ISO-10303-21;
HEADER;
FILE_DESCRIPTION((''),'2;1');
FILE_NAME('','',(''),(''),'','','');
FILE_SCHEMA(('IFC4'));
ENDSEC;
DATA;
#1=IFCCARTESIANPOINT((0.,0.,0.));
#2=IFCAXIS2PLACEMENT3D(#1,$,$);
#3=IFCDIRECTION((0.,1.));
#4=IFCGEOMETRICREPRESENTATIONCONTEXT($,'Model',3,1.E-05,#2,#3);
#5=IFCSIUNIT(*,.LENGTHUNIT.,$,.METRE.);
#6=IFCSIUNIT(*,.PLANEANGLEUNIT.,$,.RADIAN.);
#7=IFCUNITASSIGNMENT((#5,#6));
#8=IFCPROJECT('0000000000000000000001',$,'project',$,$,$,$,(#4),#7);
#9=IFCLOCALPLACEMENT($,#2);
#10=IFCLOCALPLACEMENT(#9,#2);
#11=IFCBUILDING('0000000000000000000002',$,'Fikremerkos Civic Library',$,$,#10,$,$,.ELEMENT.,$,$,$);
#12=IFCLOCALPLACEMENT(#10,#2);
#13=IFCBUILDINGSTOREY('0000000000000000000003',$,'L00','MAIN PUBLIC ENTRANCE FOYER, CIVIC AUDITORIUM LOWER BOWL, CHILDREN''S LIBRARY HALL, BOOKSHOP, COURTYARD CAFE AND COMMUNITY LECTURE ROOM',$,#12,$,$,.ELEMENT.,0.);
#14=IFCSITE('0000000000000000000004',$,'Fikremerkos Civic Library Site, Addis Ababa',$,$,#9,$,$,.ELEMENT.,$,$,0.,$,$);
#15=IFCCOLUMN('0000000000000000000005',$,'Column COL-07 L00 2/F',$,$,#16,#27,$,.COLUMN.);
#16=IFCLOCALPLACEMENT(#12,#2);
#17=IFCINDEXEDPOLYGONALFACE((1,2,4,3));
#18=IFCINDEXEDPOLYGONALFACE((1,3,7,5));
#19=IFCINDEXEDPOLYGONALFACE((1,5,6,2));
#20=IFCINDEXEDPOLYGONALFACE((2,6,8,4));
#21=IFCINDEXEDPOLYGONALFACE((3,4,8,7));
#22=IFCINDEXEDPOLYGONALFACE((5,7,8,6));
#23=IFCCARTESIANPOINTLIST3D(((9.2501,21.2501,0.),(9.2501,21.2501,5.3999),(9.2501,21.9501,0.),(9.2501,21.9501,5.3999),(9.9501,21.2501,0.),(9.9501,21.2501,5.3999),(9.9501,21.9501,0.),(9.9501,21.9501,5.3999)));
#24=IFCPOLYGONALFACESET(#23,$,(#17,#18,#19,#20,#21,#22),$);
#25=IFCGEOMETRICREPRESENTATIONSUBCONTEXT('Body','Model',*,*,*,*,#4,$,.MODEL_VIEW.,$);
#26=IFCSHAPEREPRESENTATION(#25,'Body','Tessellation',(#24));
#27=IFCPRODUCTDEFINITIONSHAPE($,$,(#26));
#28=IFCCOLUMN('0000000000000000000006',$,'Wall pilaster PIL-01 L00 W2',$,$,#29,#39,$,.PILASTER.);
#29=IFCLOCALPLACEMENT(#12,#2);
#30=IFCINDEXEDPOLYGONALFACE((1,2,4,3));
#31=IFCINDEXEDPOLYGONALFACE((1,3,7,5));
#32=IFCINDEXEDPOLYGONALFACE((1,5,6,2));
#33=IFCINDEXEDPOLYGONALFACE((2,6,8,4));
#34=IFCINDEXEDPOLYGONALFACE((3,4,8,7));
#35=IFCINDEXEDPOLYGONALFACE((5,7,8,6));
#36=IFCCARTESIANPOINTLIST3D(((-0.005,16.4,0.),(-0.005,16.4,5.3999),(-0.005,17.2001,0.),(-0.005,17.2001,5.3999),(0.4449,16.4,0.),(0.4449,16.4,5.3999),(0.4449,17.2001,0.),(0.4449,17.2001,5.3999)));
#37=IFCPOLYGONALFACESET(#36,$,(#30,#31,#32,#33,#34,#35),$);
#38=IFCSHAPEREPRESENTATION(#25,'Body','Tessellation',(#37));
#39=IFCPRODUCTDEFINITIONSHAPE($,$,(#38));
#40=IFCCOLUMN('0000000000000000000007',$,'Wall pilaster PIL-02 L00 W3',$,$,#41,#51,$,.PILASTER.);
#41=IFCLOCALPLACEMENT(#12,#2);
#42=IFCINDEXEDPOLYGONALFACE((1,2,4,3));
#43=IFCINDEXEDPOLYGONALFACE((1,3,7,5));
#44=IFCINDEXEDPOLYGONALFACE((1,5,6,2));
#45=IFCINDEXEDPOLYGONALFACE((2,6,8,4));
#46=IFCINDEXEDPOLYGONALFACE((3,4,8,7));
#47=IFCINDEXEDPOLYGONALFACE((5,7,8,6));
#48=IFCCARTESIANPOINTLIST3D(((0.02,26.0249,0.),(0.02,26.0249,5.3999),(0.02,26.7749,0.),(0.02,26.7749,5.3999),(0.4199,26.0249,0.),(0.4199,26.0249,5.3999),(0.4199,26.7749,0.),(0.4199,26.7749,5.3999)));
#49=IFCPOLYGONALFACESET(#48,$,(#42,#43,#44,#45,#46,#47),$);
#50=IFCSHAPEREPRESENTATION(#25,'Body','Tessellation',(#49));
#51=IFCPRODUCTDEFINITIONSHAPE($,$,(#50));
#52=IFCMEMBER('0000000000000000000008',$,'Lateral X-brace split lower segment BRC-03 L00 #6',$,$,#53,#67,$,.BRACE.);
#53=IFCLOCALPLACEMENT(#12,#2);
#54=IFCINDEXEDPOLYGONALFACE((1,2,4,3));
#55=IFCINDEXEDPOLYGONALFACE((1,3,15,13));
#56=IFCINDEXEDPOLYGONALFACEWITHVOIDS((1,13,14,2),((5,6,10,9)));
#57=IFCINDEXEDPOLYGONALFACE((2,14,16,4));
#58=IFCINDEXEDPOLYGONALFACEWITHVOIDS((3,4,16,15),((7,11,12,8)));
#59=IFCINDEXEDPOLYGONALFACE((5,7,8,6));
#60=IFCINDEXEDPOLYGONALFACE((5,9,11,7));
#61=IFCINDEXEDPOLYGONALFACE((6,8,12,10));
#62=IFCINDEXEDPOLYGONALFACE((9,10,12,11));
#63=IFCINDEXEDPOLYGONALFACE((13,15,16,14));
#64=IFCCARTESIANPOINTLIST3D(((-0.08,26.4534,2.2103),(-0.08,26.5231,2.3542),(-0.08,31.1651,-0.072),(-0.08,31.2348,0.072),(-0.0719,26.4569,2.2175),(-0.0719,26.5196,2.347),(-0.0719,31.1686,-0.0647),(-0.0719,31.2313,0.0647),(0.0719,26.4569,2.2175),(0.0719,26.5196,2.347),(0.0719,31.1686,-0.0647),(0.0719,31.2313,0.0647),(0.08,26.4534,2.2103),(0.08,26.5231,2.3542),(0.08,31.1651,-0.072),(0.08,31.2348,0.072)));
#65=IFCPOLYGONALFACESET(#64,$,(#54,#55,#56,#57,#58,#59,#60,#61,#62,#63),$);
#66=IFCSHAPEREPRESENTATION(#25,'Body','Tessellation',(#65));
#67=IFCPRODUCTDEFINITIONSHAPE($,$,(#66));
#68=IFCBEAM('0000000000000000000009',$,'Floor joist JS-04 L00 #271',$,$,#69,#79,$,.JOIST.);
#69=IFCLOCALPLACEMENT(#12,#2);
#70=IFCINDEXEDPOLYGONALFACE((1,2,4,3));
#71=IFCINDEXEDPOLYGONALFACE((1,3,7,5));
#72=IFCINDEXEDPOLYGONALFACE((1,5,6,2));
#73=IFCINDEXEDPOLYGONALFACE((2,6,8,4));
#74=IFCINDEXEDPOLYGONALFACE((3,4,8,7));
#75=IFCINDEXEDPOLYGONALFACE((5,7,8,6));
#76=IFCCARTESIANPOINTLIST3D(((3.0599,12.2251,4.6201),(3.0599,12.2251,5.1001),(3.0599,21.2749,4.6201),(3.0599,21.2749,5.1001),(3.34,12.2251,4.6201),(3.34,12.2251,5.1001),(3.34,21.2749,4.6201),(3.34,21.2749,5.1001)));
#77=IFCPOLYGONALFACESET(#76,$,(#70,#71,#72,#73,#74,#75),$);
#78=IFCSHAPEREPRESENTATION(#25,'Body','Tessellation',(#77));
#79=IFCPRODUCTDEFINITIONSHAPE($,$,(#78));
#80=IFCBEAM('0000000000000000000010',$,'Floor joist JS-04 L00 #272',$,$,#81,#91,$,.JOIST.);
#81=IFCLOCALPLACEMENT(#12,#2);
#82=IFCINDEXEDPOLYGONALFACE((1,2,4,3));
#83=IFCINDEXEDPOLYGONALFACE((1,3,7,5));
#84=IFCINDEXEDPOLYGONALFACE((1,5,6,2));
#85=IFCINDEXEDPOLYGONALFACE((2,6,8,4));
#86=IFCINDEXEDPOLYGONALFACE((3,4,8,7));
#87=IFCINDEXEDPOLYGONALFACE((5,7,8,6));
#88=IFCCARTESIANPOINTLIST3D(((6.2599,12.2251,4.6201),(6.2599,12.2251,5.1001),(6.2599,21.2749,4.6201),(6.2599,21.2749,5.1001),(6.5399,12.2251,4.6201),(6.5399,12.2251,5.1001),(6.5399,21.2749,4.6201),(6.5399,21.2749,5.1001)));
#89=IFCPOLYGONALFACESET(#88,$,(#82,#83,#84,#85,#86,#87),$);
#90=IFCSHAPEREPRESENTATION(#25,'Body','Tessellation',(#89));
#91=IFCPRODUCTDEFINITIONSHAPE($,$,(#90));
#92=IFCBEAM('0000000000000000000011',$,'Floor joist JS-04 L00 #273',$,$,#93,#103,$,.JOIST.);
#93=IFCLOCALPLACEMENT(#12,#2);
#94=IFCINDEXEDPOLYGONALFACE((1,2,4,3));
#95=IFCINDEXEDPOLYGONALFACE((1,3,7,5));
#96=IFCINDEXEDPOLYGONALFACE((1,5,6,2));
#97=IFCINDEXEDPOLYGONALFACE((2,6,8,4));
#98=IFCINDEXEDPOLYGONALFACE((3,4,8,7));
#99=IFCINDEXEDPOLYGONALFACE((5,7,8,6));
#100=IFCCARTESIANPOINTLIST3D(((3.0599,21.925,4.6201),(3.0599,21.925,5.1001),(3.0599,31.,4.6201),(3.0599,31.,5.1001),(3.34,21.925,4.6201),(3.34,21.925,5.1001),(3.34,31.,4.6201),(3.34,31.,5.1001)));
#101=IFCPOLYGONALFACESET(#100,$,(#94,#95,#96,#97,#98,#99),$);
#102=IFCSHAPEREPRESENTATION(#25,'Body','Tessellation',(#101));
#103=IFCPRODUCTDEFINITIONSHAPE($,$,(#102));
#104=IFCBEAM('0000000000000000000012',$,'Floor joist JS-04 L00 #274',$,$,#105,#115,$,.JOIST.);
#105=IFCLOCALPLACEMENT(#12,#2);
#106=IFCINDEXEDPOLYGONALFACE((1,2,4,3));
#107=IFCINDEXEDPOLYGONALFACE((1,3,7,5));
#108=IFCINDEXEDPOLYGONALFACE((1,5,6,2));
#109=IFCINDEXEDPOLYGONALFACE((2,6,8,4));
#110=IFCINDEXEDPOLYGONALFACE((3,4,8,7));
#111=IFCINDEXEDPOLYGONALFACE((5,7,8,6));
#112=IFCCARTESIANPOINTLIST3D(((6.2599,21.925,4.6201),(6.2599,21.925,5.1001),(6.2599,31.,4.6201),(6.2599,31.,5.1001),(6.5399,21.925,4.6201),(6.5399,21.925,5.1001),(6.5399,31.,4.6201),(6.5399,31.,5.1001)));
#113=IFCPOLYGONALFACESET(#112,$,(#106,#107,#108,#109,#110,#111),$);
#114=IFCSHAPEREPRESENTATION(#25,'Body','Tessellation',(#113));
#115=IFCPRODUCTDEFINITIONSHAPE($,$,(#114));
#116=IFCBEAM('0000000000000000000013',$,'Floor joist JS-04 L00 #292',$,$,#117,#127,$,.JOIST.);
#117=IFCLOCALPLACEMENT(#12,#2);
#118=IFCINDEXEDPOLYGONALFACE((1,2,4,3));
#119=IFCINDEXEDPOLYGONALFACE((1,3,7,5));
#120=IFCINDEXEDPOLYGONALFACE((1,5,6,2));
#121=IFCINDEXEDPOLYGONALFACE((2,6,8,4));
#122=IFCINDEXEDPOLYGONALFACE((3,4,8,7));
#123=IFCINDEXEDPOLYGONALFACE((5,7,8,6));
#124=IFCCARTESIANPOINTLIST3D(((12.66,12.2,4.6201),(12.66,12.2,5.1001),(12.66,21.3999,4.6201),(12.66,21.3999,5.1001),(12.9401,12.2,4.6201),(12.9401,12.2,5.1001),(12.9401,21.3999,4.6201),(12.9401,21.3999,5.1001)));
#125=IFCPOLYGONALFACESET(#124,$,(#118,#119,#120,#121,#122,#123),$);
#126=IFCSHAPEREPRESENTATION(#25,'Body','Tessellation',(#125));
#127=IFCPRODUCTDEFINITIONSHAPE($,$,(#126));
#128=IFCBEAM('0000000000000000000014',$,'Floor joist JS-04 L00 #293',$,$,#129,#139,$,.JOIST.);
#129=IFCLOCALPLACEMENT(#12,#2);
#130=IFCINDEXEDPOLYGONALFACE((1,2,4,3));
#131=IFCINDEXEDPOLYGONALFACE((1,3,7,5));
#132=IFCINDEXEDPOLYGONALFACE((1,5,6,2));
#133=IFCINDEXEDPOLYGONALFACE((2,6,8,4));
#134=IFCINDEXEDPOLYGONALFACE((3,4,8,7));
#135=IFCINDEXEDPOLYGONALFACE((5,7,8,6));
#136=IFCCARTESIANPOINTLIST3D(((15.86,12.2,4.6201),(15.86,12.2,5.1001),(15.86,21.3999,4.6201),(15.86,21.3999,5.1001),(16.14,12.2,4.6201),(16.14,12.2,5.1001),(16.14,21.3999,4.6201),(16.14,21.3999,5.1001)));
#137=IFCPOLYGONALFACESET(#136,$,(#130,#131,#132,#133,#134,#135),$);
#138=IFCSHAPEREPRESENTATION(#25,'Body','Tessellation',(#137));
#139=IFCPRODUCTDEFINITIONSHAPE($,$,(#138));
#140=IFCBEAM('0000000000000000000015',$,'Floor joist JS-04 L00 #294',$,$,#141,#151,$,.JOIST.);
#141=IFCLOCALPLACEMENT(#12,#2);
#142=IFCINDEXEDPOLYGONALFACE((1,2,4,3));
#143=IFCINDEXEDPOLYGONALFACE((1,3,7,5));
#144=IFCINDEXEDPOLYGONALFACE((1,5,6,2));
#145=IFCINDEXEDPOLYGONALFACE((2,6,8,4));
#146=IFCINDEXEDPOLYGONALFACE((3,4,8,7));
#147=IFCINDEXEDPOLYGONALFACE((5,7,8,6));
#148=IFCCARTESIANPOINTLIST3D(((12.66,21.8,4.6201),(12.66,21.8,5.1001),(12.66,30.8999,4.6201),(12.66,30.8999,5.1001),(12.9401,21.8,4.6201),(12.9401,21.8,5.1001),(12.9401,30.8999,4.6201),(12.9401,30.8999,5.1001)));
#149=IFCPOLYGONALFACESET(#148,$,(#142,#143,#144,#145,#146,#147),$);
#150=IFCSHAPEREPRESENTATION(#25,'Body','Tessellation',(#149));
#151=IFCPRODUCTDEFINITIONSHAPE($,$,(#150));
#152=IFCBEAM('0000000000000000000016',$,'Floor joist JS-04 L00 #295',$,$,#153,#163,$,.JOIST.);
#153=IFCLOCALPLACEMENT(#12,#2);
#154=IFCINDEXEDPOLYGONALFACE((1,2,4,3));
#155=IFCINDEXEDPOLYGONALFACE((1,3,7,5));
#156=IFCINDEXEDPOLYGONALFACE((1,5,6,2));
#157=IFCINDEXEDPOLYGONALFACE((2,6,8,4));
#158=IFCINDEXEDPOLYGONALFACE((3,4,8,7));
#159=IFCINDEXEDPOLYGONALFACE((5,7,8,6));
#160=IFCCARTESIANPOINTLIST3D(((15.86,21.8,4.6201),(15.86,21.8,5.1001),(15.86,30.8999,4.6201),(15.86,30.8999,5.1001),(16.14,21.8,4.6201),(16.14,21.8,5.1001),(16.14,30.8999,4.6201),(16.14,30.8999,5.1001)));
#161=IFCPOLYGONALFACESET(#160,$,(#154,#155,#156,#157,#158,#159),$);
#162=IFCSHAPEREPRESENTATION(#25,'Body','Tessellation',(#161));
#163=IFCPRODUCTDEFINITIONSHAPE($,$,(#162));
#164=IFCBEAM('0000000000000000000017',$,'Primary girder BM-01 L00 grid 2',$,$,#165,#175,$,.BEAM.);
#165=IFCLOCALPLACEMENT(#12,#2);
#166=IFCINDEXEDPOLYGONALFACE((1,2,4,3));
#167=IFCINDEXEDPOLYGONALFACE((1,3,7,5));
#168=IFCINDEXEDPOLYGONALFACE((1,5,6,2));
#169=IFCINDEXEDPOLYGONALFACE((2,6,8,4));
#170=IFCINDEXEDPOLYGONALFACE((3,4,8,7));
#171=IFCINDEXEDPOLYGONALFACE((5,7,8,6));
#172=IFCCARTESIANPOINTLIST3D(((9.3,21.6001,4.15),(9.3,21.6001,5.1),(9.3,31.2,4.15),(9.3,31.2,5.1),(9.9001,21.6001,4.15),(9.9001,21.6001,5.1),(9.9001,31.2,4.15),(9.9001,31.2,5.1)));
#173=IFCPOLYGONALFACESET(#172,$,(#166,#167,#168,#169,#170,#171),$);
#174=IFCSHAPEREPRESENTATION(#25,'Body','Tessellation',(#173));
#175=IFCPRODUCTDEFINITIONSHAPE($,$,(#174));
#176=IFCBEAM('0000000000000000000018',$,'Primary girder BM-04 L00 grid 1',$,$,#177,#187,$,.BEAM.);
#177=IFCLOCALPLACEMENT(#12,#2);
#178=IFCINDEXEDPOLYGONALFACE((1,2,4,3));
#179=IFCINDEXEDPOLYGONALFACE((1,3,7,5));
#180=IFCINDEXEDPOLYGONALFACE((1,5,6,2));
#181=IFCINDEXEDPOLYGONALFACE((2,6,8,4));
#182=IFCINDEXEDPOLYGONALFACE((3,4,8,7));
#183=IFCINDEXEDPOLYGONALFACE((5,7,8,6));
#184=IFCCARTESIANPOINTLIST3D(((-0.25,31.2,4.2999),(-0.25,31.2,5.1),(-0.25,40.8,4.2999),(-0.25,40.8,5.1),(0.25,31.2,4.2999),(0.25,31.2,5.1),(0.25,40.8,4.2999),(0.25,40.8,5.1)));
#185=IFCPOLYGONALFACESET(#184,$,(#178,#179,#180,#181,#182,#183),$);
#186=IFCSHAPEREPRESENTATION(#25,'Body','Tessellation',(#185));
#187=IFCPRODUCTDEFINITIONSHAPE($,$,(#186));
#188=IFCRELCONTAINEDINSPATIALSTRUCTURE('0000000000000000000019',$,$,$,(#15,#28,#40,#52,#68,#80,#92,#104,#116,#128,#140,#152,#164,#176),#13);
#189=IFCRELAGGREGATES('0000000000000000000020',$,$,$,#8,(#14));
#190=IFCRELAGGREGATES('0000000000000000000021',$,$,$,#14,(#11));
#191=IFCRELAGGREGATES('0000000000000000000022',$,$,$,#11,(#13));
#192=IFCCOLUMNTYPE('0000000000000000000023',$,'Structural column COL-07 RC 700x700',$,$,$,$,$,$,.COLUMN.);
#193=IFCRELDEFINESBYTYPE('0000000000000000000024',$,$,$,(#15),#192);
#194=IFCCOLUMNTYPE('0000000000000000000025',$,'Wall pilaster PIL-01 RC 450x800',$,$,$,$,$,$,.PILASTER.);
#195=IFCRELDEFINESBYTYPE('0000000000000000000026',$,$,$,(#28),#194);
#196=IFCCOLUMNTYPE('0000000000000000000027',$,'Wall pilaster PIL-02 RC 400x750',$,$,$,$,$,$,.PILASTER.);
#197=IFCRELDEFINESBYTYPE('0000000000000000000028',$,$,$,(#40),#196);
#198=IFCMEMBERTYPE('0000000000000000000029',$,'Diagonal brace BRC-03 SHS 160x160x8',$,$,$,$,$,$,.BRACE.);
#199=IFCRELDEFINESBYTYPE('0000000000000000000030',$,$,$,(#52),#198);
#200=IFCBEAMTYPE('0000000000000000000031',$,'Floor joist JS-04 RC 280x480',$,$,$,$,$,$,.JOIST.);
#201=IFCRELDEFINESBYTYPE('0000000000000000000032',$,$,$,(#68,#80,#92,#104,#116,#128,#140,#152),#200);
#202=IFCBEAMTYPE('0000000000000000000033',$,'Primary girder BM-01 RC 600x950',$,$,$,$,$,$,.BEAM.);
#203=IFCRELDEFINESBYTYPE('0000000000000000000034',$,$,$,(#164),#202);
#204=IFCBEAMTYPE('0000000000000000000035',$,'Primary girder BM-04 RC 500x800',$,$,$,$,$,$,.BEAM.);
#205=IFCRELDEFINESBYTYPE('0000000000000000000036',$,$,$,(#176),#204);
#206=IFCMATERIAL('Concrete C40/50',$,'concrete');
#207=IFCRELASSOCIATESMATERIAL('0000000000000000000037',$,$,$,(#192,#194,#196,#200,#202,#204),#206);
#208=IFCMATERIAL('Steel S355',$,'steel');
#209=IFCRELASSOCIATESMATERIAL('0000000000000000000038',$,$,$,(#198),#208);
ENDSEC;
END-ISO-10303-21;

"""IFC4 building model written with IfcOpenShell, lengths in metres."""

from ifc_helpers import new_model, si_unit, direction, frame, origin, origin_2d, place, context, subcontext, project, spatial, rectangle, hollow_rectangle, extrude, material, material_profile, profile_set, type_object, element, save


model = new_model("IFC4")

# Units and contexts
model_context = context("Model", 3, precision=1e-05, world=origin(), true_north=direction((0.0, 1.0)))
body_context = subcontext(model_context, "Body", "Model", "MODEL_VIEW")
ifc_project = project(units=[si_unit("LENGTHUNIT", "METRE"), si_unit("PLANEANGLEUNIT", "RADIAN")], contexts=[model_context])

# Site, building, storey
site_placement = place(None, origin())
site = spatial("IfcSite", under=ifc_project, at=site_placement, Name="Fikremerkos Civic Library Site, Addis Ababa", CompositionType="ELEMENT", RefElevation=0.0)
building_placement = place(site_placement, origin())
building = spatial("IfcBuilding", under=site, at=building_placement, Name="Fikremerkos Civic Library", CompositionType="ELEMENT")
storey_placement = place(building_placement, origin())
storey = spatial("IfcBuildingStorey", under=building, at=storey_placement, Name="L00", Description="MAIN PUBLIC ENTRANCE FOYER, CIVIC AUDITORIUM LOWER BOWL, CHILDREN'S LIBRARY HALL, BOOKSHOP, COURTYARD CAFE AND COMMUNITY LECTURE ROOM", CompositionType="ELEMENT", Elevation=0.0)

# Columns
ifc_material_1 = material(Name="Concrete C40/50", Category="concrete")
ifc_material_profile_1 = material_profile(ifc_material_1, rectangle(XDim=0.7, YDim=0.7, at=origin_2d()), Name="RC 700x700")
ifc_profile_set_1 = profile_set([ifc_material_profile_1], Name="Concrete C40/50")
column_type_1 = type_object("IfcColumnType", Name="Structural column COL-07 RC 700x700", PredefinedType="COLUMN", material=ifc_profile_set_1)
column_1_placement = place(storey_placement, frame((9.6001, 21.6001, 0.0), z_axis=(0.0, 0.0, 1.0), x_axis=(1.0, 0.0, 0.0)))
element("IfcColumn", 1, at=column_1_placement, inside=storey, type_object=column_type_1, Name="Column COL-07 L00 2/F", PredefinedType="COLUMN", context=body_context, shape_type="SweptSolid", body=[
    extrude(rectangle(XDim=0.7, YDim=0.7, at=origin_2d()), origin(), (0.0, 0.0, 1.0), 5.3999),
])
ifc_material_profile_2 = material_profile(ifc_material_1, rectangle(XDim=0.45, YDim=0.8, at=origin_2d()), Name="RC 450x800")
ifc_profile_set_2 = profile_set([ifc_material_profile_2], Name="Concrete C40/50")
column_type_2 = type_object("IfcColumnType", Name="Wall pilaster PIL-01 RC 450x800", PredefinedType="PILASTER", material=ifc_profile_set_2)
column_2_placement = place(storey_placement, frame((0.22, 16.8, 0.0), z_axis=(0.0, 0.0, 1.0), x_axis=(1.0, 0.0, 0.0)))
element("IfcColumn", 2, at=column_2_placement, inside=storey, type_object=column_type_2, Name="Wall pilaster PIL-01 L00 W2", PredefinedType="PILASTER", context=body_context, shape_type="SweptSolid", body=[
    extrude(rectangle(XDim=0.45, YDim=0.8, at=origin_2d()), origin(), (0.0, 0.0, 1.0), 5.3999),
])
ifc_material_profile_3 = material_profile(ifc_material_1, rectangle(XDim=0.3999, YDim=0.75, at=origin_2d()), Name="RC 400x750")
ifc_profile_set_3 = profile_set([ifc_material_profile_3], Name="Concrete C40/50")
column_type_3 = type_object("IfcColumnType", Name="Wall pilaster PIL-02 RC 400x750", PredefinedType="PILASTER", material=ifc_profile_set_3)
column_3_placement = place(storey_placement, frame((0.22, 26.3999, 0.0), z_axis=(0.0, 0.0, 1.0), x_axis=(1.0, 0.0, 0.0)))
element("IfcColumn", 3, at=column_3_placement, inside=storey, type_object=column_type_3, Name="Wall pilaster PIL-02 L00 W3", PredefinedType="PILASTER", context=body_context, shape_type="SweptSolid", body=[
    extrude(rectangle(XDim=0.3999, YDim=0.75, at=origin_2d()), origin(), (0.0, 0.0, 1.0), 5.3999),
])

# Member
ifc_material_2 = material(Name="Steel S355", Category="steel")
ifc_material_profile_4 = material_profile(ifc_material_2, hollow_rectangle(XDim=0.1599, YDim=0.1599, WallThickness=0.0081, at=origin_2d()), Name="SHS 160x160x8")
ifc_profile_set_4 = profile_set([ifc_material_profile_4], Name="Steel S355")
member_type = type_object("IfcMemberType", Name="Diagonal brace BRC-03 SHS 160x160x8", PredefinedType="BRACE", material=ifc_profile_set_4)
member_placement = place(storey_placement, frame((0.0, 31.2, 0.0), z_axis=(0.0, -0.89998, 0.43593), x_axis=(1.0, 0.0, 0.0)))
element("IfcMember", 4, at=member_placement, inside=storey, type_object=member_type, Name="Lateral X-brace split lower segment BRC-03 L00 #6", PredefinedType="BRACE", context=body_context, shape_type="SweptSolid", body=[
    extrude(hollow_rectangle(XDim=0.1599, YDim=0.1599, WallThickness=0.0081, at=origin_2d()), origin(), (0.0, 0.0, 1.0), 5.2354),
])

# Beams
ifc_material_profile_5 = material_profile(ifc_material_1, rectangle(XDim=0.28, YDim=0.48, at=origin_2d()), Name="RC 280x480")
ifc_profile_set_5 = profile_set([ifc_material_profile_5], Name="Concrete C40/50")
beam_type_1 = type_object("IfcBeamType", Name="Floor joist JS-04 RC 280x480", PredefinedType="JOIST", material=ifc_profile_set_5)
for number, where, z_axis, x_axis, name in (
    (5, (3.2, 12.2251, 4.8601), (0.0, 1.0, 0.0), (-1.0, 0.0, 0.0), "Floor joist JS-04 L00 #271"),
    (6, (6.3999, 12.2251, 4.8601), (0.0, 1.0, 0.0), (-1.0, 0.0, 0.0), "Floor joist JS-04 L00 #272"),
):
    element("IfcBeam", number, at=place(storey_placement, frame(where, z_axis=z_axis, x_axis=x_axis)), inside=storey, type_object=beam_type_1, Name=name, PredefinedType="JOIST", context=body_context, shape_type="SweptSolid", body=[
        extrude(rectangle(XDim=0.28, YDim=0.48, at=origin_2d()), origin(), (0.0, 0.0, 1.0), 9.0498),
    ])
for number, where, z_axis, x_axis, name in (
    (7, (3.2, 21.925, 4.8601), (0.0, 1.0, 0.0), (-1.0, 0.0, 0.0), "Floor joist JS-04 L00 #273"),
    (8, (6.3999, 21.925, 4.8601), (0.0, 1.0, 0.0), (-1.0, 0.0, 0.0), "Floor joist JS-04 L00 #274"),
):
    element("IfcBeam", number, at=place(storey_placement, frame(where, z_axis=z_axis, x_axis=x_axis)), inside=storey, type_object=beam_type_1, Name=name, PredefinedType="JOIST", context=body_context, shape_type="SweptSolid", body=[
        extrude(rectangle(XDim=0.28, YDim=0.48, at=origin_2d()), origin(), (0.0, 0.0, 1.0), 9.075),
    ])
for number, where, z_axis, x_axis, name in (
    (9, (12.8, 12.2, 4.8601), (0.0, 1.0, 0.0), (-1.0, 0.0, 0.0), "Floor joist JS-04 L00 #292"),
    (10, (16.0, 12.2, 4.8601), (0.0, 1.0, 0.0), (-1.0, 0.0, 0.0), "Floor joist JS-04 L00 #293"),
):
    element("IfcBeam", number, at=place(storey_placement, frame(where, z_axis=z_axis, x_axis=x_axis)), inside=storey, type_object=beam_type_1, Name=name, PredefinedType="JOIST", context=body_context, shape_type="SweptSolid", body=[
        extrude(rectangle(XDim=0.28, YDim=0.48, at=origin_2d()), origin(), (0.0, 0.0, 1.0), 9.2),
    ])
for number, where, z_axis, x_axis, name in (
    (11, (12.8, 21.8, 4.8601), (0.0, 1.0, 0.0), (-1.0, 0.0, 0.0), "Floor joist JS-04 L00 #294"),
    (12, (16.0, 21.8, 4.8601), (0.0, 1.0, 0.0), (-1.0, 0.0, 0.0), "Floor joist JS-04 L00 #295"),
):
    element("IfcBeam", number, at=place(storey_placement, frame(where, z_axis=z_axis, x_axis=x_axis)), inside=storey, type_object=beam_type_1, Name=name, PredefinedType="JOIST", context=body_context, shape_type="SweptSolid", body=[
        extrude(rectangle(XDim=0.28, YDim=0.48, at=origin_2d()), origin(), (0.0, 0.0, 1.0), 9.0999),
    ])
ifc_material_profile_6 = material_profile(ifc_material_1, rectangle(XDim=0.6001, YDim=0.95, at=origin_2d()), Name="RC 600x950")
ifc_profile_set_6 = profile_set([ifc_material_profile_6], Name="Concrete C40/50")
beam_type_2 = type_object("IfcBeamType", Name="Primary girder BM-01 RC 600x950", PredefinedType="BEAM", material=ifc_profile_set_6)
beam_1_placement = place(storey_placement, frame((9.6001, 21.6001, 4.625), z_axis=(0.0, 1.0, 0.0), x_axis=(-1.0, 0.0, 0.0)))
element("IfcBeam", 13, at=beam_1_placement, inside=storey, type_object=beam_type_2, Name="Primary girder BM-01 L00 grid 2", PredefinedType="BEAM", context=body_context, shape_type="SweptSolid", body=[
    extrude(rectangle(XDim=0.6001, YDim=0.95, at=origin_2d()), origin(), (0.0, 0.0, 1.0), 9.5999),
])
ifc_material_profile_7 = material_profile(ifc_material_1, rectangle(XDim=0.5, YDim=0.8, at=origin_2d()), Name="RC 500x800")
ifc_profile_set_7 = profile_set([ifc_material_profile_7], Name="Concrete C40/50")
beam_type_3 = type_object("IfcBeamType", Name="Primary girder BM-04 RC 500x800", PredefinedType="BEAM", material=ifc_profile_set_7)
beam_2_placement = place(storey_placement, frame((0.0, 31.2, 4.7), z_axis=(0.0, 1.0, 0.0), x_axis=(-1.0, 0.0, 0.0)))
element("IfcBeam", 14, at=beam_2_placement, inside=storey, type_object=beam_type_3, Name="Primary girder BM-04 L00 grid 1", PredefinedType="BEAM", context=body_context, shape_type="SweptSolid", body=[
    extrude(rectangle(XDim=0.5, YDim=0.8, at=origin_2d()), origin(), (0.0, 0.0, 1.0), 9.6001),
])

save(model, "model.ifc")
